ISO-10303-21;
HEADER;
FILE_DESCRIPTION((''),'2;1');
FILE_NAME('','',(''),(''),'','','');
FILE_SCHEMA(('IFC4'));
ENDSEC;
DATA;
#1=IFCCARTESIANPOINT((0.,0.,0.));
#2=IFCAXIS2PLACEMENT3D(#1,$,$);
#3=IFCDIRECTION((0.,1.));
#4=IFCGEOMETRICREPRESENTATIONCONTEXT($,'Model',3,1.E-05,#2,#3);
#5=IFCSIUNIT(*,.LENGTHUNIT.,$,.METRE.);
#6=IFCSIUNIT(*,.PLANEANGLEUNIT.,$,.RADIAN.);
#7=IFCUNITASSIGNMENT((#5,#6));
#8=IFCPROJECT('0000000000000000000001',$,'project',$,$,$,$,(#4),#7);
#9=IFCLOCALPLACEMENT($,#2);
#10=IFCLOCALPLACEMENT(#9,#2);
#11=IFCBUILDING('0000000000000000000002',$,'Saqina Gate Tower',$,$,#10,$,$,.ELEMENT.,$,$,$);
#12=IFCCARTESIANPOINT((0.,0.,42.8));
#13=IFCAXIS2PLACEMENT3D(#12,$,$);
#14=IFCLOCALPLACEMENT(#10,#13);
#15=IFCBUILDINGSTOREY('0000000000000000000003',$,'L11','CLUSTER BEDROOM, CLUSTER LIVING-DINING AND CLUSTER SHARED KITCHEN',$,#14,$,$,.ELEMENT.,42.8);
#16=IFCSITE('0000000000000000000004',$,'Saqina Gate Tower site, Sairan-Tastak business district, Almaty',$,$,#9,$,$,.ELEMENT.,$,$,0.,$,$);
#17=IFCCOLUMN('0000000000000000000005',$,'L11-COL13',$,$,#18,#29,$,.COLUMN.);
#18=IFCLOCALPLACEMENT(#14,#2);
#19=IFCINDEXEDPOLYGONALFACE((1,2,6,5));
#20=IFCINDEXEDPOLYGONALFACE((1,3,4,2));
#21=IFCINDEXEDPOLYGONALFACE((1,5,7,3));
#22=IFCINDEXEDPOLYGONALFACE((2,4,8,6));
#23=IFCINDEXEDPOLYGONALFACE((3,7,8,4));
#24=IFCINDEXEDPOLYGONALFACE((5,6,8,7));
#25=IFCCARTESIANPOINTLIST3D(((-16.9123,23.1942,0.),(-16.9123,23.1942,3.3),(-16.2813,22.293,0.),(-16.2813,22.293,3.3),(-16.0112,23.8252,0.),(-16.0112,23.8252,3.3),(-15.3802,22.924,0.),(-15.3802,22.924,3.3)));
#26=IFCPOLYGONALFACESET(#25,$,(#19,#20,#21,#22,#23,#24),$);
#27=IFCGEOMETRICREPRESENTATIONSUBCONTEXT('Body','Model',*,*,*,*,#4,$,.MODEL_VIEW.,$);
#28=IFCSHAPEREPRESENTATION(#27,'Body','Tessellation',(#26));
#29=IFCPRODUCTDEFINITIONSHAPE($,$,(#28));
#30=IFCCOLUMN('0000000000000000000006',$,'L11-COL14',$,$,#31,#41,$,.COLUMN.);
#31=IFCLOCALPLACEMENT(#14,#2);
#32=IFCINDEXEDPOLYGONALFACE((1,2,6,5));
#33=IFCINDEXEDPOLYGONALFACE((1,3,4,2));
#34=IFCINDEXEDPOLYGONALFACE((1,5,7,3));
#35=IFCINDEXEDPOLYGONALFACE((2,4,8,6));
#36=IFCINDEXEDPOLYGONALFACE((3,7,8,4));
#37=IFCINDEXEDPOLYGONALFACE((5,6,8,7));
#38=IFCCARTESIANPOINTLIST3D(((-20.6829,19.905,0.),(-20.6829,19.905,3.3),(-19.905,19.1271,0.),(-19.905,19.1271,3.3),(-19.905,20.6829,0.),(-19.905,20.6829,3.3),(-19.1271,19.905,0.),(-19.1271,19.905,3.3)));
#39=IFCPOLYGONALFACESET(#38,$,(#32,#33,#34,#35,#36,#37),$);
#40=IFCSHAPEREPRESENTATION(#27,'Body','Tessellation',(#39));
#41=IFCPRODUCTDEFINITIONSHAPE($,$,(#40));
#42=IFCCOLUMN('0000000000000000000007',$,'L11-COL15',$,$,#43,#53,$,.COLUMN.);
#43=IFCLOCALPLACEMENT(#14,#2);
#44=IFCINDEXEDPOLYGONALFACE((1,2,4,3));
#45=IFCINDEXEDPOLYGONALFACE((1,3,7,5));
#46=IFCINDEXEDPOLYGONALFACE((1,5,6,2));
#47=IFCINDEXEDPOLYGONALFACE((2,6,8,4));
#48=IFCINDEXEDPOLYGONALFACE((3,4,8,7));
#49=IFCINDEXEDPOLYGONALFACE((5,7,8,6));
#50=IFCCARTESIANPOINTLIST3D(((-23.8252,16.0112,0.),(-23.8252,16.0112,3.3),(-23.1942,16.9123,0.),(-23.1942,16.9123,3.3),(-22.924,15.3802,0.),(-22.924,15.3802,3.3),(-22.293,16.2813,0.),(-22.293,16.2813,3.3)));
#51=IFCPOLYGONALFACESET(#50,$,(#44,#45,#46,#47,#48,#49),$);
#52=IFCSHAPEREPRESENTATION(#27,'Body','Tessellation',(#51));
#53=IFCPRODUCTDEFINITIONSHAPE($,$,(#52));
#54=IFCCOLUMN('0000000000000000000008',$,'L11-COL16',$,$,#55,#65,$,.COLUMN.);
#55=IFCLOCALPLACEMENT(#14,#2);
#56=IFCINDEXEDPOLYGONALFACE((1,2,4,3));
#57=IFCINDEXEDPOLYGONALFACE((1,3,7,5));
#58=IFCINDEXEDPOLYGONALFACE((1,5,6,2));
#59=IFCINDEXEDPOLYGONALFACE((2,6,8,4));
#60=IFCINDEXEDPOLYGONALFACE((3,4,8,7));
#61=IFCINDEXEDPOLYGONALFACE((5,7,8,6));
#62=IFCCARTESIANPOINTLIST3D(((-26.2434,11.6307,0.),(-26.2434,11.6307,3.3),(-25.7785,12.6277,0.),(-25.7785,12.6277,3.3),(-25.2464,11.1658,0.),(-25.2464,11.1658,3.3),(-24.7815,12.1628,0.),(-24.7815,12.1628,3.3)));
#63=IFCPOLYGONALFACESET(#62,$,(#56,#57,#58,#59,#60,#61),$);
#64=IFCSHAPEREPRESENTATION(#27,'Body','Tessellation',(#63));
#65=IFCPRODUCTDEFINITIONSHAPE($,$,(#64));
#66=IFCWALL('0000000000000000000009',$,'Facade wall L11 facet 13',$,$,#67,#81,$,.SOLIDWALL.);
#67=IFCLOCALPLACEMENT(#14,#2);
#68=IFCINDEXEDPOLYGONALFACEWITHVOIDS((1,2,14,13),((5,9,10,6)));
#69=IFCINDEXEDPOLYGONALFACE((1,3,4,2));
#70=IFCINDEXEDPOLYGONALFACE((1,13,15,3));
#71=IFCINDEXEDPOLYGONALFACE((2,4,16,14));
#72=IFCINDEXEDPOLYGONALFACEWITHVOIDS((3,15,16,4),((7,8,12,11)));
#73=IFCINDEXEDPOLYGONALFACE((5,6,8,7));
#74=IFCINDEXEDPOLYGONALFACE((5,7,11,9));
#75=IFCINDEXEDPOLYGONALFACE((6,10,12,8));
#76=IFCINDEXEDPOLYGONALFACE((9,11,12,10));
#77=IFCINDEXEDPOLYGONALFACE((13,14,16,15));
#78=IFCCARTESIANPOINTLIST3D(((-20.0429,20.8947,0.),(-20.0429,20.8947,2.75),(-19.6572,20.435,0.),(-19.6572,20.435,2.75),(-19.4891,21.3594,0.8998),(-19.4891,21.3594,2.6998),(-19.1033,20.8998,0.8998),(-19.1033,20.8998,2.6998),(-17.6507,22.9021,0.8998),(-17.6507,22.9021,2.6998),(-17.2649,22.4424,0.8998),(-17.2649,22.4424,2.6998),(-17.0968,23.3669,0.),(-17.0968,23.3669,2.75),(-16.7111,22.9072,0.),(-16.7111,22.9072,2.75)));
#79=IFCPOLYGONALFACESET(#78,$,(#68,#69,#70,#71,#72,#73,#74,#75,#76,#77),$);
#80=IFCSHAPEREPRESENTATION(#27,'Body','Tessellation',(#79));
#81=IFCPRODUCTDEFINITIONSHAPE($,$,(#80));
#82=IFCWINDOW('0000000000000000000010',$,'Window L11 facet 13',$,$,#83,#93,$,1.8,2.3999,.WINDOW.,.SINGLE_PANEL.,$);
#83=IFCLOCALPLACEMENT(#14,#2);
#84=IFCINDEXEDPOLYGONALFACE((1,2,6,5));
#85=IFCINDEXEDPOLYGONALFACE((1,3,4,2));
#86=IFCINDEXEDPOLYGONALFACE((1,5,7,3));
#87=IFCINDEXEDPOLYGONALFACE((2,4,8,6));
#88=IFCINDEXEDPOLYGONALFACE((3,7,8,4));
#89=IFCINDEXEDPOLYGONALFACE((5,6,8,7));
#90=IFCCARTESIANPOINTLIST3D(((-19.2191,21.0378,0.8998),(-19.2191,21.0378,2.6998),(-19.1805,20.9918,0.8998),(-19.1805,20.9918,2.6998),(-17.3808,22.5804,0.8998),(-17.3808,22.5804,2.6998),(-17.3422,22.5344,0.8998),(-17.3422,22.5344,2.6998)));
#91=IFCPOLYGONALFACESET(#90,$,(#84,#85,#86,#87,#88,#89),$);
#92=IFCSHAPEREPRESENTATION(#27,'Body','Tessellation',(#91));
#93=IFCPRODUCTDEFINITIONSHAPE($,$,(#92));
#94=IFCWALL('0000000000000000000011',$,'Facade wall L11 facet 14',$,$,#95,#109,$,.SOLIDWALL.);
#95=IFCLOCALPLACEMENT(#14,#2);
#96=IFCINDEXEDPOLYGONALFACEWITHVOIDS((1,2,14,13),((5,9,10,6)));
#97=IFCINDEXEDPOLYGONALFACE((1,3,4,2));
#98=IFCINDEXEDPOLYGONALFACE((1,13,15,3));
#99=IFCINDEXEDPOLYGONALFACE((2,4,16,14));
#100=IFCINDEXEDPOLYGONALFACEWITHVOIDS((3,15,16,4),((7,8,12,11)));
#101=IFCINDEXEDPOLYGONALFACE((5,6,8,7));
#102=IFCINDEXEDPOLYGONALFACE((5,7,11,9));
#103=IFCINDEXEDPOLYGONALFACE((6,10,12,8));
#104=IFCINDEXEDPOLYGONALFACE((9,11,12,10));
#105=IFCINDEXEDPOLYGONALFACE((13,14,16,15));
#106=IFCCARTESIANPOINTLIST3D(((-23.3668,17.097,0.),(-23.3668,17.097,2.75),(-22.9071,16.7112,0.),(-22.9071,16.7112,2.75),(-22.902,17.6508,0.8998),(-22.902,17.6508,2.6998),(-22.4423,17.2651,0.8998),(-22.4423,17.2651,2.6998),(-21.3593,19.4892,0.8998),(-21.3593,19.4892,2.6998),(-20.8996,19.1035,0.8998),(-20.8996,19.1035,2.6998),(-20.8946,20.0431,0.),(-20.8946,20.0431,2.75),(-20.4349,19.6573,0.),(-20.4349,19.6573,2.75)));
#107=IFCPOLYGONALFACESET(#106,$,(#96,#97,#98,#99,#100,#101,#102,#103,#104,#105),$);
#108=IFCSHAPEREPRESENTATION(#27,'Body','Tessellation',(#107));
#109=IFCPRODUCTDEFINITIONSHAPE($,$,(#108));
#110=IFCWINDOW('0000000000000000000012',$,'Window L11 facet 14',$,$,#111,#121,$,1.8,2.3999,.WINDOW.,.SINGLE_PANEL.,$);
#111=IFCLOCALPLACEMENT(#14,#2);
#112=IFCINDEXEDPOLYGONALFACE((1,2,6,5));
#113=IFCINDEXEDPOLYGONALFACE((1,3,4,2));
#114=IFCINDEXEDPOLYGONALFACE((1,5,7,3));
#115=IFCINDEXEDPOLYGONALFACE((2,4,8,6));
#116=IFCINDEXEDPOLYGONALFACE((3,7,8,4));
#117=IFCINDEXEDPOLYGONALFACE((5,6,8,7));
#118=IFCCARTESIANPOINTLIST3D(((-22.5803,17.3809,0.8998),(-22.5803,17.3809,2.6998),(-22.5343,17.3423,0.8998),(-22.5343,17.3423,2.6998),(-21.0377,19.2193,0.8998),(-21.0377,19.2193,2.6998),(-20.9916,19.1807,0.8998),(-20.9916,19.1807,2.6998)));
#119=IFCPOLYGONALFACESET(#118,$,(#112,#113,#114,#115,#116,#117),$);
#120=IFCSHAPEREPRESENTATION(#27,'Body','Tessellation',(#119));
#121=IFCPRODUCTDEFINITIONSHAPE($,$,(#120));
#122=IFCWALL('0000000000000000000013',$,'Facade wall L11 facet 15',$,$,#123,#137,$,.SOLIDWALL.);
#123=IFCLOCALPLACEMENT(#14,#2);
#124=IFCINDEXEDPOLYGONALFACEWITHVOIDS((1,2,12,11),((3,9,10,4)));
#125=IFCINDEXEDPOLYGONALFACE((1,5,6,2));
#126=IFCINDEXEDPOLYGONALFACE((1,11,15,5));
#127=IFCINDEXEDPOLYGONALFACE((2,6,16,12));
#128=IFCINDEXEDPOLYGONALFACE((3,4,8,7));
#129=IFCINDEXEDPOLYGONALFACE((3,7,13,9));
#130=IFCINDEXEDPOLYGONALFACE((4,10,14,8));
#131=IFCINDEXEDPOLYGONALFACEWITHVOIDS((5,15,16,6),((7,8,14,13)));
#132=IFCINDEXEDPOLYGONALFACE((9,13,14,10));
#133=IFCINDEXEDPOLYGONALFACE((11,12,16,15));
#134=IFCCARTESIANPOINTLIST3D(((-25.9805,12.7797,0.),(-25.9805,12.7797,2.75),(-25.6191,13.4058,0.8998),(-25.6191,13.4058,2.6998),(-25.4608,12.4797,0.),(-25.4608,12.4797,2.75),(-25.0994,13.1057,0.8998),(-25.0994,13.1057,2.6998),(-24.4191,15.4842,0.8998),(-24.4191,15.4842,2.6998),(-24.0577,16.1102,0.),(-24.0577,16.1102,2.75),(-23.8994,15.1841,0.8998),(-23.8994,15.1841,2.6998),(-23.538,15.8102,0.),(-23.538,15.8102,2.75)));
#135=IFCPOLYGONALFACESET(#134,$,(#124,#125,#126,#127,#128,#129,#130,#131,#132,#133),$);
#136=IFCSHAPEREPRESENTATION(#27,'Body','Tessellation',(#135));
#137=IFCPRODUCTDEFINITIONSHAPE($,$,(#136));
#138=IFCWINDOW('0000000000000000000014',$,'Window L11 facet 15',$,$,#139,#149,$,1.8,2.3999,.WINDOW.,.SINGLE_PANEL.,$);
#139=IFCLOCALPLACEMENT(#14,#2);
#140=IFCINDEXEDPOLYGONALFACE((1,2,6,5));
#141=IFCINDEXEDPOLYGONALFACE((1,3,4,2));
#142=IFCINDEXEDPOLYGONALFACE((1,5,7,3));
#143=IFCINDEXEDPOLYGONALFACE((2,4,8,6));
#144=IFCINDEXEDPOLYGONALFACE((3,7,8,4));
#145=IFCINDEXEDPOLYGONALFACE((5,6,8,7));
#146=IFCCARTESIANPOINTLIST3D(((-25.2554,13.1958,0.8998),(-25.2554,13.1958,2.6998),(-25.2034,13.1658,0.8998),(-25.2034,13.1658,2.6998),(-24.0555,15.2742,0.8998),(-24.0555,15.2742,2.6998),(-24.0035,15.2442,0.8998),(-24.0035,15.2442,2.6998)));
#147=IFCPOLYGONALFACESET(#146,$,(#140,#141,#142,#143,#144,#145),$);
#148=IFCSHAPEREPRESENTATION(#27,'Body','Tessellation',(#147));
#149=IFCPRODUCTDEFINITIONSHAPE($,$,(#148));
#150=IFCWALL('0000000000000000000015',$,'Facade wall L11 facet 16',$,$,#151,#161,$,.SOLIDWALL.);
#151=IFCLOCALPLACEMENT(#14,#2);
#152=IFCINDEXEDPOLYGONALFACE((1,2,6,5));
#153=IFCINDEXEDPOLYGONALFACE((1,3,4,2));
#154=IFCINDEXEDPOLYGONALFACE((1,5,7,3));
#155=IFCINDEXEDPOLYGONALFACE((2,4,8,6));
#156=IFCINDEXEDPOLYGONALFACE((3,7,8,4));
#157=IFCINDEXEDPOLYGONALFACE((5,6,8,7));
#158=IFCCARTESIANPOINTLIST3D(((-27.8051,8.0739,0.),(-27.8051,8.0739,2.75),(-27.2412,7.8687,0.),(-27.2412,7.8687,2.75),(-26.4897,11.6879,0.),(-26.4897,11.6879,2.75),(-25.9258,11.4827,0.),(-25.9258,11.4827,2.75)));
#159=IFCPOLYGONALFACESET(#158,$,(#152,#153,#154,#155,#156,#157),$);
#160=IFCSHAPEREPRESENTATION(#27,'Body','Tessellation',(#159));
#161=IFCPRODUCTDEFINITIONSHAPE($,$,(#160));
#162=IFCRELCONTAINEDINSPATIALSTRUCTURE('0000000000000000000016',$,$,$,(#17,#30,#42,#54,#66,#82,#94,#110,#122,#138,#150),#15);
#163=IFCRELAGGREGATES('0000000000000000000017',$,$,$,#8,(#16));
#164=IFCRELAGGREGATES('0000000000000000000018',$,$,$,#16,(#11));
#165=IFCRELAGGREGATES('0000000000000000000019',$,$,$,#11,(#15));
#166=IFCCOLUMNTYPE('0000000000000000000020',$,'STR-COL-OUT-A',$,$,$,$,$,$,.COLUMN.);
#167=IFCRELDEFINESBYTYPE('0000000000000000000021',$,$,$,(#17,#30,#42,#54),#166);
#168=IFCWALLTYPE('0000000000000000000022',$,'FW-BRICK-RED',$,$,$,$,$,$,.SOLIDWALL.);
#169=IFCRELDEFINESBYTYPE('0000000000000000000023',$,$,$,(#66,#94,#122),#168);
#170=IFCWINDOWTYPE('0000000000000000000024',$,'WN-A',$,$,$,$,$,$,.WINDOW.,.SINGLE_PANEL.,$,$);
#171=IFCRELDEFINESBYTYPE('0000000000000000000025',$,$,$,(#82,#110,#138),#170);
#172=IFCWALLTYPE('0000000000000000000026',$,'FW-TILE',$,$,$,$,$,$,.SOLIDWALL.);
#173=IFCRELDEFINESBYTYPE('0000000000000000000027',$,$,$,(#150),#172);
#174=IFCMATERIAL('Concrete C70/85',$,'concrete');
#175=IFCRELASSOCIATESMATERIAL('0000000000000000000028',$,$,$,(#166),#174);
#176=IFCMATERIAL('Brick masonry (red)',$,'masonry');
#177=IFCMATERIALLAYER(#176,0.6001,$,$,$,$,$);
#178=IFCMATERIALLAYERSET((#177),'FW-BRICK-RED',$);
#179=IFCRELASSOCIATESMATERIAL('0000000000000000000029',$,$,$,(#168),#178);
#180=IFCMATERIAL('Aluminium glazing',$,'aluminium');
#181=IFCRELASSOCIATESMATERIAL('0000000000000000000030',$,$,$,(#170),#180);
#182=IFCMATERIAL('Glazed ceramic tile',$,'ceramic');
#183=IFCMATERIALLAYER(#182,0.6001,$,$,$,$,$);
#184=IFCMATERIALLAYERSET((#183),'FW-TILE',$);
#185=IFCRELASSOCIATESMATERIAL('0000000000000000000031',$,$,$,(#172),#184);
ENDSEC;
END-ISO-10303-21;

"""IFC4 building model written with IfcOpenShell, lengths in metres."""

from ifc_helpers import new_model, si_unit, direction, frame, frame_2d, origin, origin_2d, place, context, subcontext, project, spatial, rectangle, extrude, material, layer, layer_set, material_profile, profile_set, type_object, element, fill, save


model = new_model("IFC4")

# Units and contexts
model_context = context("Model", 3, precision=1e-05, world=origin(), true_north=direction((0.0, 1.0)))
body_context = subcontext(model_context, "Body", "Model", "MODEL_VIEW")
ifc_project = project(units=[si_unit("LENGTHUNIT", "METRE"), si_unit("PLANEANGLEUNIT", "RADIAN")], contexts=[model_context])

# Site, building, storey
site_placement = place(None, origin())
site = spatial("IfcSite", under=ifc_project, at=site_placement, Name="Saqina Gate Tower site, Sairan-Tastak business district, Almaty", CompositionType="ELEMENT", RefElevation=0.0)
building_placement = place(site_placement, origin())
building = spatial("IfcBuilding", under=site, at=building_placement, Name="Saqina Gate Tower", CompositionType="ELEMENT")
storey_placement = place(building_placement, frame((0.0, 0.0, 42.8)))
storey = spatial("IfcBuildingStorey", under=building, at=storey_placement, Name="L11", Description="CLUSTER BEDROOM, CLUSTER LIVING-DINING AND CLUSTER SHARED KITCHEN", CompositionType="ELEMENT", Elevation=42.8)

# Columns
ifc_material_1 = material(Name="Concrete C70/85", Category="concrete")
ifc_material_profile = material_profile(ifc_material_1, rectangle(XDim=1.1001, YDim=1.1001, at=origin_2d()), Name="RC 1100x1100")
ifc_profile_set = profile_set([ifc_material_profile], Name="Concrete C70/85")
column_type = type_object("IfcColumnType", Name="STR-COL-OUT-A", PredefinedType="COLUMN", material=ifc_profile_set)
for number, where, z_axis, x_axis, name in (
    (1, (-16.1462, 23.0591, 0.0), (0.0, 0.0, 1.0), (-0.573576, 0.819152, 0.0), "L11-COL13"),
    (2, (-19.905, 19.905, 0.0), (0.0, 0.0, 1.0), (-0.707107, 0.707107, 0.0), "L11-COL14"),
    (3, (-23.0591, 16.1462, 0.0), (0.0, 0.0, 1.0), (-0.819152, 0.573576, 0.0), "L11-COL15"),
    (4, (-25.5125, 11.8967, 0.0), (0.0, 0.0, 1.0), (-0.906308, 0.422618, 0.0), "L11-COL16"),
):
    element("IfcColumn", number, at=place(storey_placement, frame(where, z_axis=z_axis, x_axis=x_axis)), inside=storey, type_object=column_type, Name=name, PredefinedType="COLUMN", context=body_context, shape_type="SweptSolid", body=[
        extrude(rectangle(XDim=1.1001, YDim=1.1001, at=origin_2d()), origin(), (0.0, 0.0, 1.0), 3.3),
    ])

# Walls, openings, windows
ifc_material_2 = material(Name="Brick masonry (red)", Category="masonry")
ifc_layer_1 = layer(ifc_material_2, 0.6001)
ifc_layer_set_1 = layer_set([ifc_layer_1], Name="FW-BRICK-RED")
wall_type_1 = type_object("IfcWallType", Name="FW-BRICK-RED", PredefinedType="SOLIDWALL", material=ifc_layer_set_1)
wall_1_placement = place(storey_placement, frame((-16.9041, 23.137, 0.0), z_axis=(0.0, 0.0, 1.0), x_axis=(-0.766026, -0.642809, 0.0)))
wall_1 = element("IfcWall", 5, at=wall_1_placement, inside=storey, type_object=wall_type_1, Name="Facade wall L11 facet 13", PredefinedType="SOLIDWALL", context=body_context, shape_type="SweptSolid", body=[
    extrude(rectangle(XDim=3.8459, YDim=0.6001, at=frame_2d((1.9229, 0.0))), origin(), (0.0, 0.0, 1.0), 2.75),
])
opening_1_placement = place(wall_1_placement, frame((0.7229, 0.0, 0.8999)))
opening_1 = element("IfcOpeningElement", 6, at=opening_1_placement, cuts=wall_1, PredefinedType="OPENING", context=body_context, shape_type="SweptSolid", body=[
    extrude(rectangle(XDim=2.3999, YDim=1.8, at=frame_2d((1.2, 0.8999))), frame((0.0, 0.312, 0.0), z_axis=(0.0, -1.0, 0.0), x_axis=(1.0, 0.0, 0.0)), (0.0, 0.0, 1.0), 0.624),
])
ifc_material_3 = material(Name="Aluminium glazing", Category="aluminium")
window_type = type_object("IfcWindowType", Name="WN-A", PartitioningType="SINGLE_PANEL", PredefinedType="WINDOW", material=ifc_material_3)
window_1_placement = place(opening_1_placement, origin())
window_1 = element("IfcWindow", 7, at=window_1_placement, inside=storey, type_object=window_type, Name="Window L11 facet 13", OverallHeight=1.8, OverallWidth=2.3999, PartitioningType="SINGLE_PANEL", PredefinedType="WINDOW", context=body_context, shape_type="SweptSolid", body=[
    extrude(rectangle(XDim=2.3999, YDim=1.8, at=frame_2d((1.2, 0.8999))), frame((0.0, 0.1799, 0.0), z_axis=(0.0, -1.0, 0.0), x_axis=(1.0, 0.0, 0.0)), (0.0, 0.0, 1.0), 0.0601),
])
fill(opening_1, window_1)
wall_2_placement = place(storey_placement, frame((-20.6648, 19.8501, 0.0), z_axis=(0.0, 0.0, 1.0), x_axis=(-0.642809, -0.766026, 0.0)))
wall_2 = element("IfcWall", 8, at=wall_2_placement, inside=storey, type_object=wall_type_1, Name="Facade wall L11 facet 14", PredefinedType="SOLIDWALL", context=body_context, shape_type="SweptSolid", body=[
    extrude(rectangle(XDim=3.8459, YDim=0.6001, at=frame_2d((1.9229, 0.0))), origin(), (0.0, 0.0, 1.0), 2.75),
])
opening_2_placement = place(wall_2_placement, frame((0.7229, 0.0, 0.8999)))
opening_2 = element("IfcOpeningElement", 9, at=opening_2_placement, cuts=wall_2, PredefinedType="OPENING", context=body_context, shape_type="SweptSolid", body=[
    extrude(rectangle(XDim=2.3999, YDim=1.8, at=frame_2d((1.2, 0.8999))), frame((0.0, 0.312, 0.0), z_axis=(0.0, -1.0, 0.0), x_axis=(1.0, 0.0, 0.0)), (0.0, 0.0, 1.0), 0.624),
])
window_2_placement = place(opening_2_placement, origin())
window_2 = element("IfcWindow", 10, at=window_2_placement, inside=storey, type_object=window_type, Name="Window L11 facet 14", OverallHeight=1.8, OverallWidth=2.3999, PartitioningType="SINGLE_PANEL", PredefinedType="WINDOW", context=body_context, shape_type="SweptSolid", body=[
    extrude(rectangle(XDim=2.3999, YDim=1.8, at=frame_2d((1.2, 0.8999))), frame((0.0, 0.1799, 0.0), z_axis=(0.0, -1.0, 0.0), x_axis=(1.0, 0.0, 0.0)), (0.0, 0.0, 1.0), 0.0601),
])
fill(opening_2, window_2)
wall_3_placement = place(storey_placement, frame((-23.7979, 15.9602, 0.0), z_axis=(0.0, 0.0, 1.0), x_axis=(-0.49999, -0.866031, 0.0)))
wall_3 = element("IfcWall", 11, at=wall_3_placement, inside=storey, type_object=wall_type_1, Name="Facade wall L11 facet 15", PredefinedType="SOLIDWALL", context=body_context, shape_type="SweptSolid", body=[
    extrude(rectangle(XDim=3.8457, YDim=0.6001, at=frame_2d((1.9229, 0.0))), origin(), (0.0, 0.0, 1.0), 2.75),
])
opening_3_placement = place(wall_3_placement, frame((0.7229, 0.0, 0.8999)))
opening_3 = element("IfcOpeningElement", 12, at=opening_3_placement, cuts=wall_3, PredefinedType="OPENING", context=body_context, shape_type="SweptSolid", body=[
    extrude(rectangle(XDim=2.3999, YDim=1.8, at=frame_2d((1.2, 0.8999))), frame((0.0, 0.312, 0.0), z_axis=(0.0, -1.0, 0.0), x_axis=(1.0, 0.0, 0.0)), (0.0, 0.0, 1.0), 0.624),
])
window_3_placement = place(opening_3_placement, origin())
window_3 = element("IfcWindow", 13, at=window_3_placement, inside=storey, type_object=window_type, Name="Window L11 facet 15", OverallHeight=1.8, OverallWidth=2.3999, PartitioningType="SINGLE_PANEL", PredefinedType="WINDOW", context=body_context, shape_type="SweptSolid", body=[
    extrude(rectangle(XDim=2.3999, YDim=1.8, at=frame_2d((1.2, 0.8999))), frame((0.0, 0.1799, 0.0), z_axis=(0.0, -1.0, 0.0), x_axis=(1.0, 0.0, 0.0)), (0.0, 0.0, 1.0), 0.0601),
])
fill(opening_3, window_3)

# Wall
ifc_material_4 = material(Name="Glazed ceramic tile", Category="ceramic")
ifc_layer_2 = layer(ifc_material_4, 0.6001)
ifc_layer_set_2 = layer_set([ifc_layer_2], Name="FW-TILE")
wall_type_2 = type_object("IfcWallType", Name="FW-TILE", PredefinedType="SOLIDWALL", material=ifc_layer_set_2)
wall_4_placement = place(storey_placement, frame((-26.2078, 11.5852, 0.0), z_axis=(0.0, 0.0, 1.0), x_axis=(-0.342028, -0.93969, 0.0)))
element("IfcWall", 14, at=wall_4_placement, inside=storey, type_object=wall_type_2, Name="Facade wall L11 facet 16", PredefinedType="SOLIDWALL", context=body_context, shape_type="SweptSolid", body=[
    extrude(rectangle(XDim=3.8459, YDim=0.6001, at=frame_2d((1.9229, 0.0))), origin(), (0.0, 0.0, 1.0), 2.75),
])

save(model, "model.ifc")
